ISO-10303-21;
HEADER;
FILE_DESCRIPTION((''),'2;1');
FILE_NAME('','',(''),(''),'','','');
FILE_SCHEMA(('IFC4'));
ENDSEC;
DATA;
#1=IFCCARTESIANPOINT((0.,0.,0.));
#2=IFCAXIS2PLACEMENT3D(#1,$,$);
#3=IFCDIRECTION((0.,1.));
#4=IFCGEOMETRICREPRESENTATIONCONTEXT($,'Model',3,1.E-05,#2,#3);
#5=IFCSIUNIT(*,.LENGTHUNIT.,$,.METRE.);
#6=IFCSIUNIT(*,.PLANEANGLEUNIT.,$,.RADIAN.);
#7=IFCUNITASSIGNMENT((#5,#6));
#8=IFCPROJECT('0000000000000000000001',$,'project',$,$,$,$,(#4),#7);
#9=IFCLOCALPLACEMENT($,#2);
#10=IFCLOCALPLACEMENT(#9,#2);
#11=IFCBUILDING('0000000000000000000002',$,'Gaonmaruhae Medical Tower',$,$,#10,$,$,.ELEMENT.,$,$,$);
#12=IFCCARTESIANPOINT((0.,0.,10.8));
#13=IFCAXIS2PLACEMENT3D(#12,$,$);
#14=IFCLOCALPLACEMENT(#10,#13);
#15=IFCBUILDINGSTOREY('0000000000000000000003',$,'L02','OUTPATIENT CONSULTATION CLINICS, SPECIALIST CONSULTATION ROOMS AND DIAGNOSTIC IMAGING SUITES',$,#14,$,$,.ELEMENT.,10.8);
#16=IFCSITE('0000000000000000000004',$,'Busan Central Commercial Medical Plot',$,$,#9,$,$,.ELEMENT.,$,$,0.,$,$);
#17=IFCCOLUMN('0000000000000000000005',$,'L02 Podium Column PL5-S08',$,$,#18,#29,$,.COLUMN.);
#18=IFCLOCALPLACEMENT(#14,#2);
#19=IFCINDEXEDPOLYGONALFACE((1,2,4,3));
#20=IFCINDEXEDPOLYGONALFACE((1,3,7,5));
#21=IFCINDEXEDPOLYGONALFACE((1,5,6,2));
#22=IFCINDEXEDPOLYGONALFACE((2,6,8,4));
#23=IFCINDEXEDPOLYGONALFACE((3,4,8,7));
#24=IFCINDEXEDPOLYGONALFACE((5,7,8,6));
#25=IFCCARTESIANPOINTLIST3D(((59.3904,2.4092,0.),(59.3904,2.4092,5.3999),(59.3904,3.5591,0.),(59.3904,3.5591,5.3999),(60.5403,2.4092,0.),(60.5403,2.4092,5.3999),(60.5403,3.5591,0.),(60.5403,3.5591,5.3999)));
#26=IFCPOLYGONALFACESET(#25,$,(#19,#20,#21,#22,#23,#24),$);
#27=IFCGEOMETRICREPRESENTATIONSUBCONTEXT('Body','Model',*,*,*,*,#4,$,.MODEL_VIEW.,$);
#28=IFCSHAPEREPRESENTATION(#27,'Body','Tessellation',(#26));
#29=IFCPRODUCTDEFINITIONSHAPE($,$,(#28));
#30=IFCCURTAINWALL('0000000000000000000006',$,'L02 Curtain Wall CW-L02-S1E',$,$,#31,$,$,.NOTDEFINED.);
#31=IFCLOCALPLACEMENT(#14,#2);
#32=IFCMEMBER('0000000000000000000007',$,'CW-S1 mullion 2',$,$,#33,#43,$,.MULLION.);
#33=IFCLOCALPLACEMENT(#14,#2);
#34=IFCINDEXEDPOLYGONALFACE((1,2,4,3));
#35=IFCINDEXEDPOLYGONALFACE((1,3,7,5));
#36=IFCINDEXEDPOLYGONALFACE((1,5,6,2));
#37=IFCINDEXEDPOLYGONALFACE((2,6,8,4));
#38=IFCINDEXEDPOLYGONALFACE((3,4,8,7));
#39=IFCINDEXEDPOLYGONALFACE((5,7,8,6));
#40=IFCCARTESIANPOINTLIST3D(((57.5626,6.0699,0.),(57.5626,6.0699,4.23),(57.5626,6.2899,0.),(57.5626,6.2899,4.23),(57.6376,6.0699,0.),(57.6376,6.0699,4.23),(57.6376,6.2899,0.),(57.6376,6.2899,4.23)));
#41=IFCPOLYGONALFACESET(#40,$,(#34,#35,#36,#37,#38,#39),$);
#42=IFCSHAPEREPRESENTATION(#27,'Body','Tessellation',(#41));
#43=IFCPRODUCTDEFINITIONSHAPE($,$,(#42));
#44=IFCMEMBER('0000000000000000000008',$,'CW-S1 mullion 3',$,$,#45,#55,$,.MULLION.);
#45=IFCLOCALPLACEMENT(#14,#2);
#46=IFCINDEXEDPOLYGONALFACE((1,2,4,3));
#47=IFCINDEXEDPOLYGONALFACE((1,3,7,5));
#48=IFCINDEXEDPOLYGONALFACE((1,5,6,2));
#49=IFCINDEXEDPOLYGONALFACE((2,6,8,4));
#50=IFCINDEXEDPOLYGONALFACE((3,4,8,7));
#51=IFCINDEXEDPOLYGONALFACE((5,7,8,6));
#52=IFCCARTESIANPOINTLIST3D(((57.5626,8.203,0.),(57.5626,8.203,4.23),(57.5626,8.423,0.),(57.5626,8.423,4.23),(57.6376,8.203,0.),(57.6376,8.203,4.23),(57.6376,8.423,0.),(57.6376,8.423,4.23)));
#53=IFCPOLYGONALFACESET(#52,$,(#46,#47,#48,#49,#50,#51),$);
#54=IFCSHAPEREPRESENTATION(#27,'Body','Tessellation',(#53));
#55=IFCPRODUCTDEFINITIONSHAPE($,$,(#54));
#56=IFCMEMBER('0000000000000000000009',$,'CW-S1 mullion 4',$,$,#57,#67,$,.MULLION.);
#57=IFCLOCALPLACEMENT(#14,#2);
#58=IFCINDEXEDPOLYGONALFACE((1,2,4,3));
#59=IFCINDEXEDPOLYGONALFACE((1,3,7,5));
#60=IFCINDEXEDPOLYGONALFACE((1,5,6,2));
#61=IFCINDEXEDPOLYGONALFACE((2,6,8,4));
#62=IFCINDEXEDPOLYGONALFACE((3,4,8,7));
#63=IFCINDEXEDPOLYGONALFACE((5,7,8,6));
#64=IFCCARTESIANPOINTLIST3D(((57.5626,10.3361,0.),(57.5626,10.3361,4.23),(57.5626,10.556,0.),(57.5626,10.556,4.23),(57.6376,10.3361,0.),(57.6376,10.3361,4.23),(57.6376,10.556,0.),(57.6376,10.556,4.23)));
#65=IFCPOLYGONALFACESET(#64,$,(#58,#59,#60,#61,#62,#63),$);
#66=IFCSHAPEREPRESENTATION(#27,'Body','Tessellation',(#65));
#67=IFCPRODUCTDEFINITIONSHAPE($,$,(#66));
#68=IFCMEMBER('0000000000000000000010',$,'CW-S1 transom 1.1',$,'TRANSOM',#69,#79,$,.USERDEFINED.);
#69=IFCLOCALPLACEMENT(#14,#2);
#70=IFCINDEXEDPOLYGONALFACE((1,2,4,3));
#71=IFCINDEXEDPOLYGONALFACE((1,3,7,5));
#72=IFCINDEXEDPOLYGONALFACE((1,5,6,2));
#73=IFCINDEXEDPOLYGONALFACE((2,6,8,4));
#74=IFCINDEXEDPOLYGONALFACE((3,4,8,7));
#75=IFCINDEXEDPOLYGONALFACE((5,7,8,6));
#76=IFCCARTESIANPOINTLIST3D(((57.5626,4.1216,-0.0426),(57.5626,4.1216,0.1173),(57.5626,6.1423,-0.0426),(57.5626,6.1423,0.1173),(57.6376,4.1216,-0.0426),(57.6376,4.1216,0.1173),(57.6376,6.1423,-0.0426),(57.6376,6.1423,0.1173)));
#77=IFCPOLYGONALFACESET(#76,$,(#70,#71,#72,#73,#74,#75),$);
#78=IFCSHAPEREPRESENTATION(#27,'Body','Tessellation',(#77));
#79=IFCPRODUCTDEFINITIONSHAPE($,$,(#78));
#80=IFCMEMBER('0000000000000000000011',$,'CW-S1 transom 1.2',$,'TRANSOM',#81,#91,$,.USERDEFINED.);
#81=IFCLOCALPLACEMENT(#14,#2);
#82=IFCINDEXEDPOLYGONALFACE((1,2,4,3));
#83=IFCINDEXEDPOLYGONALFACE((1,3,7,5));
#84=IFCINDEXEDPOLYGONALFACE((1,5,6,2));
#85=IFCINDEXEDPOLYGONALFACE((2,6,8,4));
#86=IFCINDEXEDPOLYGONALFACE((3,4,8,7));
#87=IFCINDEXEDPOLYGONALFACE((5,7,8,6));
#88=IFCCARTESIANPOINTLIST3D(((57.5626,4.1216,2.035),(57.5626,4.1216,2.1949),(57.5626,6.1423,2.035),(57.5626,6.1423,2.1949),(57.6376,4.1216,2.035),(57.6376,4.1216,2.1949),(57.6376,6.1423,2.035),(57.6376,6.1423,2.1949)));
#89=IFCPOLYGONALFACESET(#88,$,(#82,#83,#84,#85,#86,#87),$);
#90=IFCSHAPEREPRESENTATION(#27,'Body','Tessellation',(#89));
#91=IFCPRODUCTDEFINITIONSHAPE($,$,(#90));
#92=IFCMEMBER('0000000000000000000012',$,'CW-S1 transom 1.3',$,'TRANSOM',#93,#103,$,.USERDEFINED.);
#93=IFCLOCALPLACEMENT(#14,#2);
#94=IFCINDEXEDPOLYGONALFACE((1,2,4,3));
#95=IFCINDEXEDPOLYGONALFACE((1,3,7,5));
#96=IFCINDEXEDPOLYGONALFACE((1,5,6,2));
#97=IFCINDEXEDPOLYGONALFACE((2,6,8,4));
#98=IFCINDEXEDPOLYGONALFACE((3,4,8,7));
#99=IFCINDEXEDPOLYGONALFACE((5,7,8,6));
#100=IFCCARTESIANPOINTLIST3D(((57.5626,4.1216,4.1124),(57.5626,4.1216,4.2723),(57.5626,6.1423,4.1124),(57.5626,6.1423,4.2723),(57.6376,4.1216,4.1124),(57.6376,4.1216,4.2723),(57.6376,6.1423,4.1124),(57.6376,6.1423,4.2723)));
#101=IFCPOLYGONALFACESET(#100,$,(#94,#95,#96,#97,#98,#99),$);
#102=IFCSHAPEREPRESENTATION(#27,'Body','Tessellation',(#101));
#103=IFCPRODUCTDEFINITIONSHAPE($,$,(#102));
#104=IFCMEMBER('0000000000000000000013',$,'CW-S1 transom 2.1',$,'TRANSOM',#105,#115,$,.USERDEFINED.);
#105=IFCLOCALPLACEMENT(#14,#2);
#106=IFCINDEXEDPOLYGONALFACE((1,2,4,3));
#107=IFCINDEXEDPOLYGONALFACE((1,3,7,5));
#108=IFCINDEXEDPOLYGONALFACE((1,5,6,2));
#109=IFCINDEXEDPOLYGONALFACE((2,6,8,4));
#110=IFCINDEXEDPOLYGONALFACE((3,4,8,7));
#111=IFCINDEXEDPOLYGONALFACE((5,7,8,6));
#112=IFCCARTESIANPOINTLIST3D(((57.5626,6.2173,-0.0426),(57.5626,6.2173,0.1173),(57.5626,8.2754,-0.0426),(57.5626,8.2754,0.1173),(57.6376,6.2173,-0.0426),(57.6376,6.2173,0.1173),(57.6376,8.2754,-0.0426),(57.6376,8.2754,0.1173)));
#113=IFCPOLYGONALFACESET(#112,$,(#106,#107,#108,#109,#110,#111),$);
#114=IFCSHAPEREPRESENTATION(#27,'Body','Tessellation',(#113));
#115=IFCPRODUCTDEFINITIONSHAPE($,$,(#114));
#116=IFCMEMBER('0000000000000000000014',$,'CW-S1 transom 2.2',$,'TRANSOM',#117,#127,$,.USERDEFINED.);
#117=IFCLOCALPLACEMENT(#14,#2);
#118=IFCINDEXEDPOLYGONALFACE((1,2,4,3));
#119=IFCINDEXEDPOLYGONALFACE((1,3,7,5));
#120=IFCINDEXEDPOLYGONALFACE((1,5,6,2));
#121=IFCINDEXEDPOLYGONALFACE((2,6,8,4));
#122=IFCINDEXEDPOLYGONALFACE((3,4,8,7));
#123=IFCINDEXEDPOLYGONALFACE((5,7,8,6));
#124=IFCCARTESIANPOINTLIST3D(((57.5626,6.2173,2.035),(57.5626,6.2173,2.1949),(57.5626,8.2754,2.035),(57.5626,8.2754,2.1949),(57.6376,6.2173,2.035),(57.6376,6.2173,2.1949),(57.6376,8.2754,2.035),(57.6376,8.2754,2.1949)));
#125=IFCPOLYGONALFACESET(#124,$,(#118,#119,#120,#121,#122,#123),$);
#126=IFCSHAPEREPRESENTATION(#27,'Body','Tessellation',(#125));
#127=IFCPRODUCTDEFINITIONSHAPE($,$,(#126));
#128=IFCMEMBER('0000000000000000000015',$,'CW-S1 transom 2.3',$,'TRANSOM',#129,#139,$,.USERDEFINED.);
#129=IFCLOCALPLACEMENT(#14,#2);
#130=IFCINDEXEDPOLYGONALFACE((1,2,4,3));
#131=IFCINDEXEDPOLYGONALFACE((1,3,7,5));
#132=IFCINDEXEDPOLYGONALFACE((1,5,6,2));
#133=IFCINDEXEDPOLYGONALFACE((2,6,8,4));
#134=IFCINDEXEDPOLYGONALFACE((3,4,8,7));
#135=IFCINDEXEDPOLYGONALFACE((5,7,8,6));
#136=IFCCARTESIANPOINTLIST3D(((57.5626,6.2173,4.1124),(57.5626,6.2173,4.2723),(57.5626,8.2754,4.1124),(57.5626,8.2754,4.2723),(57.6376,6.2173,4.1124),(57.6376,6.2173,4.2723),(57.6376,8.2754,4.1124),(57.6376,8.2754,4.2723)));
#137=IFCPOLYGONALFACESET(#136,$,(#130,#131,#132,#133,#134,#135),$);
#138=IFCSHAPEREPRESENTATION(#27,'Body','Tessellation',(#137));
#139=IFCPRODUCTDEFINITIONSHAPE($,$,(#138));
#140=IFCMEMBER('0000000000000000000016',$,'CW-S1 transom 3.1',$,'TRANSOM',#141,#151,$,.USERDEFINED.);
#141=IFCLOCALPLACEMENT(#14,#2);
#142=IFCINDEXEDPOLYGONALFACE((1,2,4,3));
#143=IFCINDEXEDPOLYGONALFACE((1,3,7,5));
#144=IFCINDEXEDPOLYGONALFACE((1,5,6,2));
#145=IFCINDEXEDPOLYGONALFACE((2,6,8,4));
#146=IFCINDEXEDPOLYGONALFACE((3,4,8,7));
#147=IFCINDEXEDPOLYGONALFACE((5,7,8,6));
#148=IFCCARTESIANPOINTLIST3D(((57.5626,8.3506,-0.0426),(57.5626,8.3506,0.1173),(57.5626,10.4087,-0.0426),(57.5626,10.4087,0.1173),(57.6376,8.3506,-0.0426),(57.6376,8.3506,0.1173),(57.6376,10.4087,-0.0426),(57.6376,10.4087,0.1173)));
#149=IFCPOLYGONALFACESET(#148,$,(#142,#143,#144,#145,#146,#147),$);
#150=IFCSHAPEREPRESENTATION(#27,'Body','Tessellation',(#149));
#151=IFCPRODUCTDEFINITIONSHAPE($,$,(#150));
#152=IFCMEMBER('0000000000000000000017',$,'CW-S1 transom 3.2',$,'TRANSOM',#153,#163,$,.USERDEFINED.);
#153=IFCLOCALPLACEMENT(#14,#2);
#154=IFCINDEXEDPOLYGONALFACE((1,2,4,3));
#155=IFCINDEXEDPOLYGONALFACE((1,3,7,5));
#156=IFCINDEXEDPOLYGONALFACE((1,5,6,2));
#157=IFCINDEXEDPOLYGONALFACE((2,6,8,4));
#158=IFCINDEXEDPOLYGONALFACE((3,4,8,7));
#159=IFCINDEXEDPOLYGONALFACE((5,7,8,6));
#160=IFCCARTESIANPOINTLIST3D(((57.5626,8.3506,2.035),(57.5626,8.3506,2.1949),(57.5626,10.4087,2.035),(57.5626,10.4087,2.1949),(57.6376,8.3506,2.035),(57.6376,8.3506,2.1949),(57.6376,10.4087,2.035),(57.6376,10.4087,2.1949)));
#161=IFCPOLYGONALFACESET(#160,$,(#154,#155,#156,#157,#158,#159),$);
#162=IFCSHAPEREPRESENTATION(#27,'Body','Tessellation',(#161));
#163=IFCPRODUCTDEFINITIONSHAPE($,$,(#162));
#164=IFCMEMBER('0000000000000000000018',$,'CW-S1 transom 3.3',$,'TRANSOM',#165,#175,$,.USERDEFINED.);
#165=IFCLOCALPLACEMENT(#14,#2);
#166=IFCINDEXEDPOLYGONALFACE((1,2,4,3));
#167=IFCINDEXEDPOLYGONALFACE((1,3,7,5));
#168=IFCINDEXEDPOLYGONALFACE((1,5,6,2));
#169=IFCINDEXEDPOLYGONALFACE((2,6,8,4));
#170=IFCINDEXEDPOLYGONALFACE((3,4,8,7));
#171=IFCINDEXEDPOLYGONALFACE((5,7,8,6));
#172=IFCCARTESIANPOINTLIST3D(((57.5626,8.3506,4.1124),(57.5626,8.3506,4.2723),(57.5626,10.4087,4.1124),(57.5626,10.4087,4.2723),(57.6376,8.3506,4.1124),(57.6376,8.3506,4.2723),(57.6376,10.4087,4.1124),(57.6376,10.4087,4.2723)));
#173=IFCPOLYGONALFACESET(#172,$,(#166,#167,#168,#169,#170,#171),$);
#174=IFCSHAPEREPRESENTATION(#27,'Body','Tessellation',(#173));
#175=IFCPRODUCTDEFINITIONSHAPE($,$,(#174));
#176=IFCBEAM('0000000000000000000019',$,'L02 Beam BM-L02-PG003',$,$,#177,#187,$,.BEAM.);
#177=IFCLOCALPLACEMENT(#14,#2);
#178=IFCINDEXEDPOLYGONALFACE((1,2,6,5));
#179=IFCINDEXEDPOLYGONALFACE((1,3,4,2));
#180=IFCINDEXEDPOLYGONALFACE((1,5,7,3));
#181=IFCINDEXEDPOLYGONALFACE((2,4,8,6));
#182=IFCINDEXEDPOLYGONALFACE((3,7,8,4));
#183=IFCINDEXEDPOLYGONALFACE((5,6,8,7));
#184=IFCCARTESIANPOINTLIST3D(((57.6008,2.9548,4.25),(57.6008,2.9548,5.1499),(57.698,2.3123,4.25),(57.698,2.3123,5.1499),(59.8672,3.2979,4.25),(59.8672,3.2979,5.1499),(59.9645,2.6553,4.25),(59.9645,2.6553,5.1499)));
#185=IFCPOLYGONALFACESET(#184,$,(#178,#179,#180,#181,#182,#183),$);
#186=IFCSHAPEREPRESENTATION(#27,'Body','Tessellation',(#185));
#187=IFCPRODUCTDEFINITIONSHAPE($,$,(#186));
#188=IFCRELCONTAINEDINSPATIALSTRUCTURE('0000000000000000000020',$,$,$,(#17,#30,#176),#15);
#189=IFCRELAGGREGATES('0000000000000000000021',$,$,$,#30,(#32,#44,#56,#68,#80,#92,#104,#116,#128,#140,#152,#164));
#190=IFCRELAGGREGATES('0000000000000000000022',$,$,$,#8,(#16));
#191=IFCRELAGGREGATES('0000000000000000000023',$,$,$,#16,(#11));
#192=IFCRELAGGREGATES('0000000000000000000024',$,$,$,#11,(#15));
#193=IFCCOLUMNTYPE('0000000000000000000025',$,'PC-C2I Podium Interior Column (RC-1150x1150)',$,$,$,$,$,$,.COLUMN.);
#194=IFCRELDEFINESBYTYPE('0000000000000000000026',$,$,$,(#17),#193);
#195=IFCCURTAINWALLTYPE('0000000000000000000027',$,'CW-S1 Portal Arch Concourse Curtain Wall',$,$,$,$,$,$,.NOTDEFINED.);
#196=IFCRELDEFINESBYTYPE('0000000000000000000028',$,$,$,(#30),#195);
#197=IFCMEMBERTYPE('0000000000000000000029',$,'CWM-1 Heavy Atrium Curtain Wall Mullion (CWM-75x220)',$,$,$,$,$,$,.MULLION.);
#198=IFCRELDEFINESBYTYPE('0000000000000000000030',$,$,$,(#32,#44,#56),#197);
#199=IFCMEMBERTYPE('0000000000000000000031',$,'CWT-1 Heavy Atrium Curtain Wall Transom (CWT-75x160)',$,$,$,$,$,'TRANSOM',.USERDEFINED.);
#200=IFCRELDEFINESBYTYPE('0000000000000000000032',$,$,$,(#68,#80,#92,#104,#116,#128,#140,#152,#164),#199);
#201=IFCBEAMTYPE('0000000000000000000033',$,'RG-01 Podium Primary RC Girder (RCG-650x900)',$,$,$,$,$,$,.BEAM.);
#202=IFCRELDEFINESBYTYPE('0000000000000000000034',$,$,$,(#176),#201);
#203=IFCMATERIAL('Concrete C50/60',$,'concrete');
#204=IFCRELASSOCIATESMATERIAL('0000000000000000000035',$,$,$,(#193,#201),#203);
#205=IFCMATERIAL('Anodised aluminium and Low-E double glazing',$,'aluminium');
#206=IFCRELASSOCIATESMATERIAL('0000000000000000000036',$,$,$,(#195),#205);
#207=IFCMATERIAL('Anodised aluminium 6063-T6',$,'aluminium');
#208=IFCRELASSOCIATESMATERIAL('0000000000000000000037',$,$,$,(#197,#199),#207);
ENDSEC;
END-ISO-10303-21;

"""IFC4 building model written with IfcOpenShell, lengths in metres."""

from ifc_helpers import new_model, si_unit, direction, frame, origin, origin_2d, place, context, subcontext, project, spatial, rectangle, extrude, material, material_profile, profile_set, type_object, element, aggregate, save


model = new_model("IFC4")

# Units and contexts
model_context = context("Model", 3, precision=1e-05, world=origin(), true_north=direction((0.0, 1.0)))
body_context = subcontext(model_context, "Body", "Model", "MODEL_VIEW")
ifc_project = project(units=[si_unit("LENGTHUNIT", "METRE"), si_unit("PLANEANGLEUNIT", "RADIAN")], contexts=[model_context])

# Site, building, storey
site_placement = place(None, origin())
site = spatial("IfcSite", under=ifc_project, at=site_placement, Name="Busan Central Commercial Medical Plot", CompositionType="ELEMENT", RefElevation=0.0)
building_placement = place(site_placement, origin())
building = spatial("IfcBuilding", under=site, at=building_placement, Name="Gaonmaruhae Medical Tower", CompositionType="ELEMENT")
storey_placement = place(building_placement, frame((0.0, 0.0, 10.8)))
storey = spatial("IfcBuildingStorey", under=building, at=storey_placement, Name="L02", Description="OUTPATIENT CONSULTATION CLINICS, SPECIALIST CONSULTATION ROOMS AND DIAGNOSTIC IMAGING SUITES", CompositionType="ELEMENT", Elevation=10.8)

# Column
ifc_material_1 = material(Name="Concrete C50/60", Category="concrete")
ifc_material_profile_1 = material_profile(ifc_material_1, rectangle(XDim=1.1499, YDim=1.1499, at=origin_2d()), Name="RC-1150x1150")
ifc_profile_set_1 = profile_set([ifc_material_profile_1], Name="Concrete C50/60")
column_type = type_object("IfcColumnType", Name="PC-C2I Podium Interior Column (RC-1150x1150)", PredefinedType="COLUMN", material=ifc_profile_set_1)
column_placement = place(storey_placement, frame((59.9653, 2.9841, 0.0), z_axis=(0.0, 0.0, 1.0), x_axis=(1.0, 0.0, 0.0)))
element("IfcColumn", 1, at=column_placement, inside=storey, type_object=column_type, Name="L02 Podium Column PL5-S08", PredefinedType="COLUMN", context=body_context, shape_type="SweptSolid", body=[
    extrude(rectangle(XDim=1.1499, YDim=1.1499, at=origin_2d()), origin(), (0.0, 0.0, 1.0), 5.3999),
])

# Curtain wall, members
ifc_material_2 = material(Name="Anodised aluminium and Low-E double glazing", Category="aluminium")
curtain_wall_type = type_object("IfcCurtainWallType", Name="CW-S1 Portal Arch Concourse Curtain Wall", PredefinedType="NOTDEFINED", material=ifc_material_2)
curtain_wall_placement = place(storey_placement, origin())
curtain_wall = element("IfcCurtainWall", 2, at=curtain_wall_placement, inside=storey, type_object=curtain_wall_type, Name="L02 Curtain Wall CW-L02-S1E", PredefinedType="NOTDEFINED")
ifc_material_3 = material(Name="Anodised aluminium 6063-T6", Category="aluminium")
ifc_material_profile_2 = material_profile(ifc_material_3, rectangle(XDim=0.075, YDim=0.22, at=origin_2d()), Name="CWM-75x220")
ifc_profile_set_2 = profile_set([ifc_material_profile_2], Name="Anodised aluminium 6063-T6")
member_type_1 = type_object("IfcMemberType", Name="CWM-1 Heavy Atrium Curtain Wall Mullion (CWM-75x220)", PredefinedType="MULLION", material=ifc_profile_set_2)
member_1_placement = place(storey_placement, frame((57.6001, 6.1799, 0.0), z_axis=(0.0, 0.0, 1.0), x_axis=(-1.0, 0.0, 0.0)))
member_1 = element("IfcMember", 3, at=member_1_placement, type_object=member_type_1, Name="CW-S1 mullion 2", PredefinedType="MULLION", context=body_context, shape_type="SweptSolid", body=[
    extrude(rectangle(XDim=0.075, YDim=0.22, at=origin_2d()), origin(), (0.0, 0.0, 1.0), 4.23),
])
member_2_placement = place(storey_placement, frame((57.6001, 8.313, 0.0), z_axis=(0.0, 0.0, 1.0), x_axis=(-1.0, 0.0, 0.0)))
member_2 = element("IfcMember", 4, at=member_2_placement, type_object=member_type_1, Name="CW-S1 mullion 3", PredefinedType="MULLION", context=body_context, shape_type="SweptSolid", body=[
    extrude(rectangle(XDim=0.075, YDim=0.22, at=origin_2d()), origin(), (0.0, 0.0, 1.0), 4.23),
])
member_3_placement = place(storey_placement, frame((57.6001, 10.446, 0.0), z_axis=(0.0, 0.0, 1.0), x_axis=(-1.0, 0.0, 0.0)))
member_3 = element("IfcMember", 5, at=member_3_placement, type_object=member_type_1, Name="CW-S1 mullion 4", PredefinedType="MULLION", context=body_context, shape_type="SweptSolid", body=[
    extrude(rectangle(XDim=0.075, YDim=0.22, at=origin_2d()), origin(), (0.0, 0.0, 1.0), 4.23),
])
ifc_material_profile_3 = material_profile(ifc_material_3, rectangle(XDim=0.075, YDim=0.1599, at=origin_2d()), Name="CWT-75x160")
ifc_profile_set_3 = profile_set([ifc_material_profile_3], Name="Anodised aluminium 6063-T6")
member_type_2 = type_object("IfcMemberType", Name="CWT-1 Heavy Atrium Curtain Wall Transom (CWT-75x160)", ElementType="TRANSOM", PredefinedType="USERDEFINED", material=ifc_profile_set_3)
member_4_placement = place(storey_placement, frame((57.6001, 4.1216, 0.0374), z_axis=(0.0, 1.0, 0.0), x_axis=(-1.0, 0.0, 0.0)))
member_4 = element("IfcMember", 6, at=member_4_placement, type_object=member_type_2, Name="CW-S1 transom 1.1", ObjectType="TRANSOM", PredefinedType="USERDEFINED", context=body_context, shape_type="SweptSolid", body=[
    extrude(rectangle(XDim=0.075, YDim=0.1599, at=origin_2d()), origin(), (0.0, 0.0, 1.0), 2.0208),
])
member_5_placement = place(storey_placement, frame((57.6001, 4.1216, 2.115), z_axis=(0.0, 1.0, 0.0), x_axis=(-1.0, 0.0, 0.0)))
member_5 = element("IfcMember", 7, at=member_5_placement, type_object=member_type_2, Name="CW-S1 transom 1.2", ObjectType="TRANSOM", PredefinedType="USERDEFINED", context=body_context, shape_type="SweptSolid", body=[
    extrude(rectangle(XDim=0.075, YDim=0.1599, at=origin_2d()), origin(), (0.0, 0.0, 1.0), 2.0208),
])
member_6_placement = place(storey_placement, frame((57.6001, 4.1216, 4.1924), z_axis=(0.0, 1.0, 0.0), x_axis=(-1.0, 0.0, 0.0)))
member_6 = element("IfcMember", 8, at=member_6_placement, type_object=member_type_2, Name="CW-S1 transom 1.3", ObjectType="TRANSOM", PredefinedType="USERDEFINED", context=body_context, shape_type="SweptSolid", body=[
    extrude(rectangle(XDim=0.075, YDim=0.1599, at=origin_2d()), origin(), (0.0, 0.0, 1.0), 2.0208),
])
member_7_placement = place(storey_placement, frame((57.6001, 6.2173, 0.0374), z_axis=(0.0, 1.0, 0.0), x_axis=(-1.0, 0.0, 0.0)))
member_7 = element("IfcMember", 9, at=member_7_placement, type_object=member_type_2, Name="CW-S1 transom 2.1", ObjectType="TRANSOM", PredefinedType="USERDEFINED", context=body_context, shape_type="SweptSolid", body=[
    extrude(rectangle(XDim=0.075, YDim=0.1599, at=origin_2d()), origin(), (0.0, 0.0, 1.0), 2.0581),
])
member_8_placement = place(storey_placement, frame((57.6001, 6.2173, 2.115), z_axis=(0.0, 1.0, 0.0), x_axis=(-1.0, 0.0, 0.0)))
member_8 = element("IfcMember", 10, at=member_8_placement, type_object=member_type_2, Name="CW-S1 transom 2.2", ObjectType="TRANSOM", PredefinedType="USERDEFINED", context=body_context, shape_type="SweptSolid", body=[
    extrude(rectangle(XDim=0.075, YDim=0.1599, at=origin_2d()), origin(), (0.0, 0.0, 1.0), 2.0581),
])
member_9_placement = place(storey_placement, frame((57.6001, 6.2173, 4.1924), z_axis=(0.0, 1.0, 0.0), x_axis=(-1.0, 0.0, 0.0)))
member_9 = element("IfcMember", 11, at=member_9_placement, type_object=member_type_2, Name="CW-S1 transom 2.3", ObjectType="TRANSOM", PredefinedType="USERDEFINED", context=body_context, shape_type="SweptSolid", body=[
    extrude(rectangle(XDim=0.075, YDim=0.1599, at=origin_2d()), origin(), (0.0, 0.0, 1.0), 2.0581),
])
member_10_placement = place(storey_placement, frame((57.6001, 8.3506, 0.0374), z_axis=(0.0, 1.0, 0.0), x_axis=(-1.0, 0.0, 0.0)))
member_10 = element("IfcMember", 12, at=member_10_placement, type_object=member_type_2, Name="CW-S1 transom 3.1", ObjectType="TRANSOM", PredefinedType="USERDEFINED", context=body_context, shape_type="SweptSolid", body=[
    extrude(rectangle(XDim=0.075, YDim=0.1599, at=origin_2d()), origin(), (0.0, 0.0, 1.0), 2.0581),
])
member_11_placement = place(storey_placement, frame((57.6001, 8.3506, 2.115), z_axis=(0.0, 1.0, 0.0), x_axis=(-1.0, 0.0, 0.0)))
member_11 = element("IfcMember", 13, at=member_11_placement, type_object=member_type_2, Name="CW-S1 transom 3.2", ObjectType="TRANSOM", PredefinedType="USERDEFINED", context=body_context, shape_type="SweptSolid", body=[
    extrude(rectangle(XDim=0.075, YDim=0.1599, at=origin_2d()), origin(), (0.0, 0.0, 1.0), 2.0581),
])
member_12_placement = place(storey_placement, frame((57.6001, 8.3506, 4.1924), z_axis=(0.0, 1.0, 0.0), x_axis=(-1.0, 0.0, 0.0)))
member_12 = element("IfcMember", 14, at=member_12_placement, type_object=member_type_2, Name="CW-S1 transom 3.3", ObjectType="TRANSOM", PredefinedType="USERDEFINED", context=body_context, shape_type="SweptSolid", body=[
    extrude(rectangle(XDim=0.075, YDim=0.1599, at=origin_2d()), origin(), (0.0, 0.0, 1.0), 2.0581),
])

# Beam
ifc_material_profile_4 = material_profile(ifc_material_1, rectangle(XDim=0.6499, YDim=0.8999, at=origin_2d()), Name="RCG-650x900")
ifc_profile_set_4 = profile_set([ifc_material_profile_4], Name="Concrete C50/60")
beam_type = type_object("IfcBeamType", Name="RG-01 Podium Primary RC Girder (RCG-650x900)", PredefinedType="BEAM", material=ifc_profile_set_4)
beam_1_placement = place(storey_placement, frame((57.6494, 2.6335, 4.7), z_axis=(0.988739, 0.149648, 0.0), x_axis=(-0.149648, 0.988739, 0.0)))
element("IfcBeam", 15, at=beam_1_placement, inside=storey, type_object=beam_type, Name="L02 Beam BM-L02-PG003", PredefinedType="BEAM", context=body_context, shape_type="SweptSolid", body=[
    extrude(rectangle(XDim=0.6499, YDim=0.8999, at=origin_2d()), origin(), (0.0, 0.0, 1.0), 2.2922),
])

aggregate(curtain_wall, [member_1, member_2, member_3, member_4, member_5, member_6, member_7, member_8, member_9, member_10, member_11, member_12])

save(model, "model.ifc")
